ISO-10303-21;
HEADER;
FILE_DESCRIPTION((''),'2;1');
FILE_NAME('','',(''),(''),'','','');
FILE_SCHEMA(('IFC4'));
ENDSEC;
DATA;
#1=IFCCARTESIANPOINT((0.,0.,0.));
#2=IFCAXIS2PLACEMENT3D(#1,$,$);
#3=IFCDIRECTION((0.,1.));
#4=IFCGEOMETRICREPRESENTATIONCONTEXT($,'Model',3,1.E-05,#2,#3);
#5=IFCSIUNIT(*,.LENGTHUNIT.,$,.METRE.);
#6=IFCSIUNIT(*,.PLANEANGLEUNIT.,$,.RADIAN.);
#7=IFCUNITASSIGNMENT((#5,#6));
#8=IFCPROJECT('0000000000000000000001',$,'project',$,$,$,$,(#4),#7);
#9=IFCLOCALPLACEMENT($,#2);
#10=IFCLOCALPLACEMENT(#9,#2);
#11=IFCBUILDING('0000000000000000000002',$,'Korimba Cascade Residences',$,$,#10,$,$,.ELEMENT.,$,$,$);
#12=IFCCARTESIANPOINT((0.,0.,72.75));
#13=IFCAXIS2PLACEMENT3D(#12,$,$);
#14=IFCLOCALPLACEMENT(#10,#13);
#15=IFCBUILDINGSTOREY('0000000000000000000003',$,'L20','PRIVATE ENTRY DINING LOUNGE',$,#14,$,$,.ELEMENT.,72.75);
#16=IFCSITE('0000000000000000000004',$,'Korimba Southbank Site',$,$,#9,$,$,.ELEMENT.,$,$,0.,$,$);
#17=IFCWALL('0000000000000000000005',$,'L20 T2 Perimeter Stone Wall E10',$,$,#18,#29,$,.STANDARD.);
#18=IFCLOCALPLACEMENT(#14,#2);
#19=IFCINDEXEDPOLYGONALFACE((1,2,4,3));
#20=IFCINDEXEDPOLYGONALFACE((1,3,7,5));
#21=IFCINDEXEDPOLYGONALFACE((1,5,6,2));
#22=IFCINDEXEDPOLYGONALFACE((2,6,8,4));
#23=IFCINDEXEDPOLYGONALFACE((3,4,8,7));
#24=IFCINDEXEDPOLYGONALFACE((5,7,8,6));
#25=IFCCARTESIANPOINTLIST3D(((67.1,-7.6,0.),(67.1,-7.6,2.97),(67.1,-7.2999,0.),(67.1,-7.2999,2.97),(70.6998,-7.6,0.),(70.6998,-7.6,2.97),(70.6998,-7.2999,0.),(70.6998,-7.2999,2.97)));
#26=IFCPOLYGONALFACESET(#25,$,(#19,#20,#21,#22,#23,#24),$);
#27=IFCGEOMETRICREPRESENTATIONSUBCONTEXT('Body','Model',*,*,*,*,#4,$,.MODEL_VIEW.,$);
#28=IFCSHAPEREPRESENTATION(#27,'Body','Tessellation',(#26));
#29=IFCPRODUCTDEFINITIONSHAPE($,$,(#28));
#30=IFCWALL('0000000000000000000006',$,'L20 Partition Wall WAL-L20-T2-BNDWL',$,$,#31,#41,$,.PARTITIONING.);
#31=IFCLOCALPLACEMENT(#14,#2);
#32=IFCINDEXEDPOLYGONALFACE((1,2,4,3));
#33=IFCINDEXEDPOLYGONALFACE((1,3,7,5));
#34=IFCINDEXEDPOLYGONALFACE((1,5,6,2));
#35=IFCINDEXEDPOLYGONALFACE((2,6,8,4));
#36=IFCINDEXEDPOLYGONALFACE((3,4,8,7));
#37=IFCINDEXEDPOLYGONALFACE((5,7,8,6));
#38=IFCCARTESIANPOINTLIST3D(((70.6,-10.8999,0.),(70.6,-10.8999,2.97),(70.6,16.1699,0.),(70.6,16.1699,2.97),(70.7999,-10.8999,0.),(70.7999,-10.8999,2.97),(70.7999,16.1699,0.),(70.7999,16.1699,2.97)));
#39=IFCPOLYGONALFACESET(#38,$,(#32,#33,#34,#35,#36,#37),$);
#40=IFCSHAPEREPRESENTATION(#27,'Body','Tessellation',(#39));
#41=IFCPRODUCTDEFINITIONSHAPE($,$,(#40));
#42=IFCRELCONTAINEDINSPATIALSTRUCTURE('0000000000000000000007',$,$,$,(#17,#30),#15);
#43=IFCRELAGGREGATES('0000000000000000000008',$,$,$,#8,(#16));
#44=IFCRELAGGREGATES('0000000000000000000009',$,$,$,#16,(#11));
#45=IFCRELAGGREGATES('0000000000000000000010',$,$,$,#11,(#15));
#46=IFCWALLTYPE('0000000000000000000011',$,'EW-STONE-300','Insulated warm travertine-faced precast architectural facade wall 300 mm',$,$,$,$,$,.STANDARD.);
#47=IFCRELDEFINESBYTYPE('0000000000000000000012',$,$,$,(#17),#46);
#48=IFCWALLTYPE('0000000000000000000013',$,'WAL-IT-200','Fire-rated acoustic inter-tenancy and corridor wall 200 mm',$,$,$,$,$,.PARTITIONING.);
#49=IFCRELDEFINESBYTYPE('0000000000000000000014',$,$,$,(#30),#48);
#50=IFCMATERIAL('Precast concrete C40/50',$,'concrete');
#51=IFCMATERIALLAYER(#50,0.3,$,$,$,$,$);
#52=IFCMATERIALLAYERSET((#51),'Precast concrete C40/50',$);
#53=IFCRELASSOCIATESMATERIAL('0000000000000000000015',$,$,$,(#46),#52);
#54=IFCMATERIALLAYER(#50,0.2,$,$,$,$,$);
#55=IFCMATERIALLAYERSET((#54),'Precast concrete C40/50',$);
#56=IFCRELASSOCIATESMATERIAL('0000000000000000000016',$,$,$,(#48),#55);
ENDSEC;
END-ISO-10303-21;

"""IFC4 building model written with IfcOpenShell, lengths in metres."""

from ifc_helpers import new_model, si_unit, direction, frame, frame_2d, origin, place, context, subcontext, project, spatial, rectangle, extrude, material, layer, layer_set, type_object, element, save


model = new_model("IFC4")

# Units and contexts
model_context = context("Model", 3, precision=1e-05, world=origin(), true_north=direction((0.0, 1.0)))
body_context = subcontext(model_context, "Body", "Model", "MODEL_VIEW")
ifc_project = project(units=[si_unit("LENGTHUNIT", "METRE"), si_unit("PLANEANGLEUNIT", "RADIAN")], contexts=[model_context])

# Site, building, storey
site_placement = place(None, origin())
site = spatial("IfcSite", under=ifc_project, at=site_placement, Name="Korimba Southbank Site", CompositionType="ELEMENT", RefElevation=0.0)
building_placement = place(site_placement, origin())
building = spatial("IfcBuilding", under=site, at=building_placement, Name="Korimba Cascade Residences", CompositionType="ELEMENT")
storey_placement = place(building_placement, frame((0.0, 0.0, 72.75)))
storey = spatial("IfcBuildingStorey", under=building, at=storey_placement, Name="L20", Description="PRIVATE ENTRY DINING LOUNGE", CompositionType="ELEMENT", Elevation=72.75)

# Shared definitions
ifc_material_1 = material(Name="Precast concrete C40/50", Category="concrete")

# Walls
ifc_layer_1 = layer(ifc_material_1, 0.3)
ifc_layer_set_1 = layer_set([ifc_layer_1], Name="Precast concrete C40/50")
wall_type_1 = type_object("IfcWallType", Name="EW-STONE-300", Description="Insulated warm travertine-faced precast architectural facade wall 300 mm", PredefinedType="STANDARD", material=ifc_layer_set_1)
wall_1_placement = place(storey_placement, frame((67.1001, -7.45, 0.0), z_axis=(0.0, 0.0, 1.0), x_axis=(1.0, 0.0, 0.0)))
element("IfcWall", 1, at=wall_1_placement, inside=storey, type_object=wall_type_1, Name="L20 T2 Perimeter Stone Wall E10", PredefinedType="STANDARD", context=body_context, shape_type="SweptSolid", body=[
    extrude(rectangle(XDim=3.5999, YDim=0.3, at=frame_2d((1.7998, 0.0))), origin(), (0.0, 0.0, 1.0), 2.97),
])
ifc_layer_2 = layer(ifc_material_1, 0.2)
ifc_layer_set_2 = layer_set([ifc_layer_2], Name="Precast concrete C40/50")
wall_type_2 = type_object("IfcWallType", Name="WAL-IT-200", Description="Fire-rated acoustic inter-tenancy and corridor wall 200 mm", PredefinedType="PARTITIONING", material=ifc_layer_set_2)
wall_2_placement = place(storey_placement, frame((70.7, -10.8999, 0.0), z_axis=(0.0, 0.0, 1.0), x_axis=(0.0, 1.0, 0.0)))
element("IfcWall", 2, at=wall_2_placement, inside=storey, type_object=wall_type_2, Name="L20 Partition Wall WAL-L20-T2-BNDWL", PredefinedType="PARTITIONING", context=body_context, shape_type="SweptSolid", body=[
    extrude(rectangle(XDim=27.0698, YDim=0.2, at=frame_2d((13.5349, 0.0))), origin(), (0.0, 0.0, 1.0), 2.97),
])

save(model, "model.ifc")
